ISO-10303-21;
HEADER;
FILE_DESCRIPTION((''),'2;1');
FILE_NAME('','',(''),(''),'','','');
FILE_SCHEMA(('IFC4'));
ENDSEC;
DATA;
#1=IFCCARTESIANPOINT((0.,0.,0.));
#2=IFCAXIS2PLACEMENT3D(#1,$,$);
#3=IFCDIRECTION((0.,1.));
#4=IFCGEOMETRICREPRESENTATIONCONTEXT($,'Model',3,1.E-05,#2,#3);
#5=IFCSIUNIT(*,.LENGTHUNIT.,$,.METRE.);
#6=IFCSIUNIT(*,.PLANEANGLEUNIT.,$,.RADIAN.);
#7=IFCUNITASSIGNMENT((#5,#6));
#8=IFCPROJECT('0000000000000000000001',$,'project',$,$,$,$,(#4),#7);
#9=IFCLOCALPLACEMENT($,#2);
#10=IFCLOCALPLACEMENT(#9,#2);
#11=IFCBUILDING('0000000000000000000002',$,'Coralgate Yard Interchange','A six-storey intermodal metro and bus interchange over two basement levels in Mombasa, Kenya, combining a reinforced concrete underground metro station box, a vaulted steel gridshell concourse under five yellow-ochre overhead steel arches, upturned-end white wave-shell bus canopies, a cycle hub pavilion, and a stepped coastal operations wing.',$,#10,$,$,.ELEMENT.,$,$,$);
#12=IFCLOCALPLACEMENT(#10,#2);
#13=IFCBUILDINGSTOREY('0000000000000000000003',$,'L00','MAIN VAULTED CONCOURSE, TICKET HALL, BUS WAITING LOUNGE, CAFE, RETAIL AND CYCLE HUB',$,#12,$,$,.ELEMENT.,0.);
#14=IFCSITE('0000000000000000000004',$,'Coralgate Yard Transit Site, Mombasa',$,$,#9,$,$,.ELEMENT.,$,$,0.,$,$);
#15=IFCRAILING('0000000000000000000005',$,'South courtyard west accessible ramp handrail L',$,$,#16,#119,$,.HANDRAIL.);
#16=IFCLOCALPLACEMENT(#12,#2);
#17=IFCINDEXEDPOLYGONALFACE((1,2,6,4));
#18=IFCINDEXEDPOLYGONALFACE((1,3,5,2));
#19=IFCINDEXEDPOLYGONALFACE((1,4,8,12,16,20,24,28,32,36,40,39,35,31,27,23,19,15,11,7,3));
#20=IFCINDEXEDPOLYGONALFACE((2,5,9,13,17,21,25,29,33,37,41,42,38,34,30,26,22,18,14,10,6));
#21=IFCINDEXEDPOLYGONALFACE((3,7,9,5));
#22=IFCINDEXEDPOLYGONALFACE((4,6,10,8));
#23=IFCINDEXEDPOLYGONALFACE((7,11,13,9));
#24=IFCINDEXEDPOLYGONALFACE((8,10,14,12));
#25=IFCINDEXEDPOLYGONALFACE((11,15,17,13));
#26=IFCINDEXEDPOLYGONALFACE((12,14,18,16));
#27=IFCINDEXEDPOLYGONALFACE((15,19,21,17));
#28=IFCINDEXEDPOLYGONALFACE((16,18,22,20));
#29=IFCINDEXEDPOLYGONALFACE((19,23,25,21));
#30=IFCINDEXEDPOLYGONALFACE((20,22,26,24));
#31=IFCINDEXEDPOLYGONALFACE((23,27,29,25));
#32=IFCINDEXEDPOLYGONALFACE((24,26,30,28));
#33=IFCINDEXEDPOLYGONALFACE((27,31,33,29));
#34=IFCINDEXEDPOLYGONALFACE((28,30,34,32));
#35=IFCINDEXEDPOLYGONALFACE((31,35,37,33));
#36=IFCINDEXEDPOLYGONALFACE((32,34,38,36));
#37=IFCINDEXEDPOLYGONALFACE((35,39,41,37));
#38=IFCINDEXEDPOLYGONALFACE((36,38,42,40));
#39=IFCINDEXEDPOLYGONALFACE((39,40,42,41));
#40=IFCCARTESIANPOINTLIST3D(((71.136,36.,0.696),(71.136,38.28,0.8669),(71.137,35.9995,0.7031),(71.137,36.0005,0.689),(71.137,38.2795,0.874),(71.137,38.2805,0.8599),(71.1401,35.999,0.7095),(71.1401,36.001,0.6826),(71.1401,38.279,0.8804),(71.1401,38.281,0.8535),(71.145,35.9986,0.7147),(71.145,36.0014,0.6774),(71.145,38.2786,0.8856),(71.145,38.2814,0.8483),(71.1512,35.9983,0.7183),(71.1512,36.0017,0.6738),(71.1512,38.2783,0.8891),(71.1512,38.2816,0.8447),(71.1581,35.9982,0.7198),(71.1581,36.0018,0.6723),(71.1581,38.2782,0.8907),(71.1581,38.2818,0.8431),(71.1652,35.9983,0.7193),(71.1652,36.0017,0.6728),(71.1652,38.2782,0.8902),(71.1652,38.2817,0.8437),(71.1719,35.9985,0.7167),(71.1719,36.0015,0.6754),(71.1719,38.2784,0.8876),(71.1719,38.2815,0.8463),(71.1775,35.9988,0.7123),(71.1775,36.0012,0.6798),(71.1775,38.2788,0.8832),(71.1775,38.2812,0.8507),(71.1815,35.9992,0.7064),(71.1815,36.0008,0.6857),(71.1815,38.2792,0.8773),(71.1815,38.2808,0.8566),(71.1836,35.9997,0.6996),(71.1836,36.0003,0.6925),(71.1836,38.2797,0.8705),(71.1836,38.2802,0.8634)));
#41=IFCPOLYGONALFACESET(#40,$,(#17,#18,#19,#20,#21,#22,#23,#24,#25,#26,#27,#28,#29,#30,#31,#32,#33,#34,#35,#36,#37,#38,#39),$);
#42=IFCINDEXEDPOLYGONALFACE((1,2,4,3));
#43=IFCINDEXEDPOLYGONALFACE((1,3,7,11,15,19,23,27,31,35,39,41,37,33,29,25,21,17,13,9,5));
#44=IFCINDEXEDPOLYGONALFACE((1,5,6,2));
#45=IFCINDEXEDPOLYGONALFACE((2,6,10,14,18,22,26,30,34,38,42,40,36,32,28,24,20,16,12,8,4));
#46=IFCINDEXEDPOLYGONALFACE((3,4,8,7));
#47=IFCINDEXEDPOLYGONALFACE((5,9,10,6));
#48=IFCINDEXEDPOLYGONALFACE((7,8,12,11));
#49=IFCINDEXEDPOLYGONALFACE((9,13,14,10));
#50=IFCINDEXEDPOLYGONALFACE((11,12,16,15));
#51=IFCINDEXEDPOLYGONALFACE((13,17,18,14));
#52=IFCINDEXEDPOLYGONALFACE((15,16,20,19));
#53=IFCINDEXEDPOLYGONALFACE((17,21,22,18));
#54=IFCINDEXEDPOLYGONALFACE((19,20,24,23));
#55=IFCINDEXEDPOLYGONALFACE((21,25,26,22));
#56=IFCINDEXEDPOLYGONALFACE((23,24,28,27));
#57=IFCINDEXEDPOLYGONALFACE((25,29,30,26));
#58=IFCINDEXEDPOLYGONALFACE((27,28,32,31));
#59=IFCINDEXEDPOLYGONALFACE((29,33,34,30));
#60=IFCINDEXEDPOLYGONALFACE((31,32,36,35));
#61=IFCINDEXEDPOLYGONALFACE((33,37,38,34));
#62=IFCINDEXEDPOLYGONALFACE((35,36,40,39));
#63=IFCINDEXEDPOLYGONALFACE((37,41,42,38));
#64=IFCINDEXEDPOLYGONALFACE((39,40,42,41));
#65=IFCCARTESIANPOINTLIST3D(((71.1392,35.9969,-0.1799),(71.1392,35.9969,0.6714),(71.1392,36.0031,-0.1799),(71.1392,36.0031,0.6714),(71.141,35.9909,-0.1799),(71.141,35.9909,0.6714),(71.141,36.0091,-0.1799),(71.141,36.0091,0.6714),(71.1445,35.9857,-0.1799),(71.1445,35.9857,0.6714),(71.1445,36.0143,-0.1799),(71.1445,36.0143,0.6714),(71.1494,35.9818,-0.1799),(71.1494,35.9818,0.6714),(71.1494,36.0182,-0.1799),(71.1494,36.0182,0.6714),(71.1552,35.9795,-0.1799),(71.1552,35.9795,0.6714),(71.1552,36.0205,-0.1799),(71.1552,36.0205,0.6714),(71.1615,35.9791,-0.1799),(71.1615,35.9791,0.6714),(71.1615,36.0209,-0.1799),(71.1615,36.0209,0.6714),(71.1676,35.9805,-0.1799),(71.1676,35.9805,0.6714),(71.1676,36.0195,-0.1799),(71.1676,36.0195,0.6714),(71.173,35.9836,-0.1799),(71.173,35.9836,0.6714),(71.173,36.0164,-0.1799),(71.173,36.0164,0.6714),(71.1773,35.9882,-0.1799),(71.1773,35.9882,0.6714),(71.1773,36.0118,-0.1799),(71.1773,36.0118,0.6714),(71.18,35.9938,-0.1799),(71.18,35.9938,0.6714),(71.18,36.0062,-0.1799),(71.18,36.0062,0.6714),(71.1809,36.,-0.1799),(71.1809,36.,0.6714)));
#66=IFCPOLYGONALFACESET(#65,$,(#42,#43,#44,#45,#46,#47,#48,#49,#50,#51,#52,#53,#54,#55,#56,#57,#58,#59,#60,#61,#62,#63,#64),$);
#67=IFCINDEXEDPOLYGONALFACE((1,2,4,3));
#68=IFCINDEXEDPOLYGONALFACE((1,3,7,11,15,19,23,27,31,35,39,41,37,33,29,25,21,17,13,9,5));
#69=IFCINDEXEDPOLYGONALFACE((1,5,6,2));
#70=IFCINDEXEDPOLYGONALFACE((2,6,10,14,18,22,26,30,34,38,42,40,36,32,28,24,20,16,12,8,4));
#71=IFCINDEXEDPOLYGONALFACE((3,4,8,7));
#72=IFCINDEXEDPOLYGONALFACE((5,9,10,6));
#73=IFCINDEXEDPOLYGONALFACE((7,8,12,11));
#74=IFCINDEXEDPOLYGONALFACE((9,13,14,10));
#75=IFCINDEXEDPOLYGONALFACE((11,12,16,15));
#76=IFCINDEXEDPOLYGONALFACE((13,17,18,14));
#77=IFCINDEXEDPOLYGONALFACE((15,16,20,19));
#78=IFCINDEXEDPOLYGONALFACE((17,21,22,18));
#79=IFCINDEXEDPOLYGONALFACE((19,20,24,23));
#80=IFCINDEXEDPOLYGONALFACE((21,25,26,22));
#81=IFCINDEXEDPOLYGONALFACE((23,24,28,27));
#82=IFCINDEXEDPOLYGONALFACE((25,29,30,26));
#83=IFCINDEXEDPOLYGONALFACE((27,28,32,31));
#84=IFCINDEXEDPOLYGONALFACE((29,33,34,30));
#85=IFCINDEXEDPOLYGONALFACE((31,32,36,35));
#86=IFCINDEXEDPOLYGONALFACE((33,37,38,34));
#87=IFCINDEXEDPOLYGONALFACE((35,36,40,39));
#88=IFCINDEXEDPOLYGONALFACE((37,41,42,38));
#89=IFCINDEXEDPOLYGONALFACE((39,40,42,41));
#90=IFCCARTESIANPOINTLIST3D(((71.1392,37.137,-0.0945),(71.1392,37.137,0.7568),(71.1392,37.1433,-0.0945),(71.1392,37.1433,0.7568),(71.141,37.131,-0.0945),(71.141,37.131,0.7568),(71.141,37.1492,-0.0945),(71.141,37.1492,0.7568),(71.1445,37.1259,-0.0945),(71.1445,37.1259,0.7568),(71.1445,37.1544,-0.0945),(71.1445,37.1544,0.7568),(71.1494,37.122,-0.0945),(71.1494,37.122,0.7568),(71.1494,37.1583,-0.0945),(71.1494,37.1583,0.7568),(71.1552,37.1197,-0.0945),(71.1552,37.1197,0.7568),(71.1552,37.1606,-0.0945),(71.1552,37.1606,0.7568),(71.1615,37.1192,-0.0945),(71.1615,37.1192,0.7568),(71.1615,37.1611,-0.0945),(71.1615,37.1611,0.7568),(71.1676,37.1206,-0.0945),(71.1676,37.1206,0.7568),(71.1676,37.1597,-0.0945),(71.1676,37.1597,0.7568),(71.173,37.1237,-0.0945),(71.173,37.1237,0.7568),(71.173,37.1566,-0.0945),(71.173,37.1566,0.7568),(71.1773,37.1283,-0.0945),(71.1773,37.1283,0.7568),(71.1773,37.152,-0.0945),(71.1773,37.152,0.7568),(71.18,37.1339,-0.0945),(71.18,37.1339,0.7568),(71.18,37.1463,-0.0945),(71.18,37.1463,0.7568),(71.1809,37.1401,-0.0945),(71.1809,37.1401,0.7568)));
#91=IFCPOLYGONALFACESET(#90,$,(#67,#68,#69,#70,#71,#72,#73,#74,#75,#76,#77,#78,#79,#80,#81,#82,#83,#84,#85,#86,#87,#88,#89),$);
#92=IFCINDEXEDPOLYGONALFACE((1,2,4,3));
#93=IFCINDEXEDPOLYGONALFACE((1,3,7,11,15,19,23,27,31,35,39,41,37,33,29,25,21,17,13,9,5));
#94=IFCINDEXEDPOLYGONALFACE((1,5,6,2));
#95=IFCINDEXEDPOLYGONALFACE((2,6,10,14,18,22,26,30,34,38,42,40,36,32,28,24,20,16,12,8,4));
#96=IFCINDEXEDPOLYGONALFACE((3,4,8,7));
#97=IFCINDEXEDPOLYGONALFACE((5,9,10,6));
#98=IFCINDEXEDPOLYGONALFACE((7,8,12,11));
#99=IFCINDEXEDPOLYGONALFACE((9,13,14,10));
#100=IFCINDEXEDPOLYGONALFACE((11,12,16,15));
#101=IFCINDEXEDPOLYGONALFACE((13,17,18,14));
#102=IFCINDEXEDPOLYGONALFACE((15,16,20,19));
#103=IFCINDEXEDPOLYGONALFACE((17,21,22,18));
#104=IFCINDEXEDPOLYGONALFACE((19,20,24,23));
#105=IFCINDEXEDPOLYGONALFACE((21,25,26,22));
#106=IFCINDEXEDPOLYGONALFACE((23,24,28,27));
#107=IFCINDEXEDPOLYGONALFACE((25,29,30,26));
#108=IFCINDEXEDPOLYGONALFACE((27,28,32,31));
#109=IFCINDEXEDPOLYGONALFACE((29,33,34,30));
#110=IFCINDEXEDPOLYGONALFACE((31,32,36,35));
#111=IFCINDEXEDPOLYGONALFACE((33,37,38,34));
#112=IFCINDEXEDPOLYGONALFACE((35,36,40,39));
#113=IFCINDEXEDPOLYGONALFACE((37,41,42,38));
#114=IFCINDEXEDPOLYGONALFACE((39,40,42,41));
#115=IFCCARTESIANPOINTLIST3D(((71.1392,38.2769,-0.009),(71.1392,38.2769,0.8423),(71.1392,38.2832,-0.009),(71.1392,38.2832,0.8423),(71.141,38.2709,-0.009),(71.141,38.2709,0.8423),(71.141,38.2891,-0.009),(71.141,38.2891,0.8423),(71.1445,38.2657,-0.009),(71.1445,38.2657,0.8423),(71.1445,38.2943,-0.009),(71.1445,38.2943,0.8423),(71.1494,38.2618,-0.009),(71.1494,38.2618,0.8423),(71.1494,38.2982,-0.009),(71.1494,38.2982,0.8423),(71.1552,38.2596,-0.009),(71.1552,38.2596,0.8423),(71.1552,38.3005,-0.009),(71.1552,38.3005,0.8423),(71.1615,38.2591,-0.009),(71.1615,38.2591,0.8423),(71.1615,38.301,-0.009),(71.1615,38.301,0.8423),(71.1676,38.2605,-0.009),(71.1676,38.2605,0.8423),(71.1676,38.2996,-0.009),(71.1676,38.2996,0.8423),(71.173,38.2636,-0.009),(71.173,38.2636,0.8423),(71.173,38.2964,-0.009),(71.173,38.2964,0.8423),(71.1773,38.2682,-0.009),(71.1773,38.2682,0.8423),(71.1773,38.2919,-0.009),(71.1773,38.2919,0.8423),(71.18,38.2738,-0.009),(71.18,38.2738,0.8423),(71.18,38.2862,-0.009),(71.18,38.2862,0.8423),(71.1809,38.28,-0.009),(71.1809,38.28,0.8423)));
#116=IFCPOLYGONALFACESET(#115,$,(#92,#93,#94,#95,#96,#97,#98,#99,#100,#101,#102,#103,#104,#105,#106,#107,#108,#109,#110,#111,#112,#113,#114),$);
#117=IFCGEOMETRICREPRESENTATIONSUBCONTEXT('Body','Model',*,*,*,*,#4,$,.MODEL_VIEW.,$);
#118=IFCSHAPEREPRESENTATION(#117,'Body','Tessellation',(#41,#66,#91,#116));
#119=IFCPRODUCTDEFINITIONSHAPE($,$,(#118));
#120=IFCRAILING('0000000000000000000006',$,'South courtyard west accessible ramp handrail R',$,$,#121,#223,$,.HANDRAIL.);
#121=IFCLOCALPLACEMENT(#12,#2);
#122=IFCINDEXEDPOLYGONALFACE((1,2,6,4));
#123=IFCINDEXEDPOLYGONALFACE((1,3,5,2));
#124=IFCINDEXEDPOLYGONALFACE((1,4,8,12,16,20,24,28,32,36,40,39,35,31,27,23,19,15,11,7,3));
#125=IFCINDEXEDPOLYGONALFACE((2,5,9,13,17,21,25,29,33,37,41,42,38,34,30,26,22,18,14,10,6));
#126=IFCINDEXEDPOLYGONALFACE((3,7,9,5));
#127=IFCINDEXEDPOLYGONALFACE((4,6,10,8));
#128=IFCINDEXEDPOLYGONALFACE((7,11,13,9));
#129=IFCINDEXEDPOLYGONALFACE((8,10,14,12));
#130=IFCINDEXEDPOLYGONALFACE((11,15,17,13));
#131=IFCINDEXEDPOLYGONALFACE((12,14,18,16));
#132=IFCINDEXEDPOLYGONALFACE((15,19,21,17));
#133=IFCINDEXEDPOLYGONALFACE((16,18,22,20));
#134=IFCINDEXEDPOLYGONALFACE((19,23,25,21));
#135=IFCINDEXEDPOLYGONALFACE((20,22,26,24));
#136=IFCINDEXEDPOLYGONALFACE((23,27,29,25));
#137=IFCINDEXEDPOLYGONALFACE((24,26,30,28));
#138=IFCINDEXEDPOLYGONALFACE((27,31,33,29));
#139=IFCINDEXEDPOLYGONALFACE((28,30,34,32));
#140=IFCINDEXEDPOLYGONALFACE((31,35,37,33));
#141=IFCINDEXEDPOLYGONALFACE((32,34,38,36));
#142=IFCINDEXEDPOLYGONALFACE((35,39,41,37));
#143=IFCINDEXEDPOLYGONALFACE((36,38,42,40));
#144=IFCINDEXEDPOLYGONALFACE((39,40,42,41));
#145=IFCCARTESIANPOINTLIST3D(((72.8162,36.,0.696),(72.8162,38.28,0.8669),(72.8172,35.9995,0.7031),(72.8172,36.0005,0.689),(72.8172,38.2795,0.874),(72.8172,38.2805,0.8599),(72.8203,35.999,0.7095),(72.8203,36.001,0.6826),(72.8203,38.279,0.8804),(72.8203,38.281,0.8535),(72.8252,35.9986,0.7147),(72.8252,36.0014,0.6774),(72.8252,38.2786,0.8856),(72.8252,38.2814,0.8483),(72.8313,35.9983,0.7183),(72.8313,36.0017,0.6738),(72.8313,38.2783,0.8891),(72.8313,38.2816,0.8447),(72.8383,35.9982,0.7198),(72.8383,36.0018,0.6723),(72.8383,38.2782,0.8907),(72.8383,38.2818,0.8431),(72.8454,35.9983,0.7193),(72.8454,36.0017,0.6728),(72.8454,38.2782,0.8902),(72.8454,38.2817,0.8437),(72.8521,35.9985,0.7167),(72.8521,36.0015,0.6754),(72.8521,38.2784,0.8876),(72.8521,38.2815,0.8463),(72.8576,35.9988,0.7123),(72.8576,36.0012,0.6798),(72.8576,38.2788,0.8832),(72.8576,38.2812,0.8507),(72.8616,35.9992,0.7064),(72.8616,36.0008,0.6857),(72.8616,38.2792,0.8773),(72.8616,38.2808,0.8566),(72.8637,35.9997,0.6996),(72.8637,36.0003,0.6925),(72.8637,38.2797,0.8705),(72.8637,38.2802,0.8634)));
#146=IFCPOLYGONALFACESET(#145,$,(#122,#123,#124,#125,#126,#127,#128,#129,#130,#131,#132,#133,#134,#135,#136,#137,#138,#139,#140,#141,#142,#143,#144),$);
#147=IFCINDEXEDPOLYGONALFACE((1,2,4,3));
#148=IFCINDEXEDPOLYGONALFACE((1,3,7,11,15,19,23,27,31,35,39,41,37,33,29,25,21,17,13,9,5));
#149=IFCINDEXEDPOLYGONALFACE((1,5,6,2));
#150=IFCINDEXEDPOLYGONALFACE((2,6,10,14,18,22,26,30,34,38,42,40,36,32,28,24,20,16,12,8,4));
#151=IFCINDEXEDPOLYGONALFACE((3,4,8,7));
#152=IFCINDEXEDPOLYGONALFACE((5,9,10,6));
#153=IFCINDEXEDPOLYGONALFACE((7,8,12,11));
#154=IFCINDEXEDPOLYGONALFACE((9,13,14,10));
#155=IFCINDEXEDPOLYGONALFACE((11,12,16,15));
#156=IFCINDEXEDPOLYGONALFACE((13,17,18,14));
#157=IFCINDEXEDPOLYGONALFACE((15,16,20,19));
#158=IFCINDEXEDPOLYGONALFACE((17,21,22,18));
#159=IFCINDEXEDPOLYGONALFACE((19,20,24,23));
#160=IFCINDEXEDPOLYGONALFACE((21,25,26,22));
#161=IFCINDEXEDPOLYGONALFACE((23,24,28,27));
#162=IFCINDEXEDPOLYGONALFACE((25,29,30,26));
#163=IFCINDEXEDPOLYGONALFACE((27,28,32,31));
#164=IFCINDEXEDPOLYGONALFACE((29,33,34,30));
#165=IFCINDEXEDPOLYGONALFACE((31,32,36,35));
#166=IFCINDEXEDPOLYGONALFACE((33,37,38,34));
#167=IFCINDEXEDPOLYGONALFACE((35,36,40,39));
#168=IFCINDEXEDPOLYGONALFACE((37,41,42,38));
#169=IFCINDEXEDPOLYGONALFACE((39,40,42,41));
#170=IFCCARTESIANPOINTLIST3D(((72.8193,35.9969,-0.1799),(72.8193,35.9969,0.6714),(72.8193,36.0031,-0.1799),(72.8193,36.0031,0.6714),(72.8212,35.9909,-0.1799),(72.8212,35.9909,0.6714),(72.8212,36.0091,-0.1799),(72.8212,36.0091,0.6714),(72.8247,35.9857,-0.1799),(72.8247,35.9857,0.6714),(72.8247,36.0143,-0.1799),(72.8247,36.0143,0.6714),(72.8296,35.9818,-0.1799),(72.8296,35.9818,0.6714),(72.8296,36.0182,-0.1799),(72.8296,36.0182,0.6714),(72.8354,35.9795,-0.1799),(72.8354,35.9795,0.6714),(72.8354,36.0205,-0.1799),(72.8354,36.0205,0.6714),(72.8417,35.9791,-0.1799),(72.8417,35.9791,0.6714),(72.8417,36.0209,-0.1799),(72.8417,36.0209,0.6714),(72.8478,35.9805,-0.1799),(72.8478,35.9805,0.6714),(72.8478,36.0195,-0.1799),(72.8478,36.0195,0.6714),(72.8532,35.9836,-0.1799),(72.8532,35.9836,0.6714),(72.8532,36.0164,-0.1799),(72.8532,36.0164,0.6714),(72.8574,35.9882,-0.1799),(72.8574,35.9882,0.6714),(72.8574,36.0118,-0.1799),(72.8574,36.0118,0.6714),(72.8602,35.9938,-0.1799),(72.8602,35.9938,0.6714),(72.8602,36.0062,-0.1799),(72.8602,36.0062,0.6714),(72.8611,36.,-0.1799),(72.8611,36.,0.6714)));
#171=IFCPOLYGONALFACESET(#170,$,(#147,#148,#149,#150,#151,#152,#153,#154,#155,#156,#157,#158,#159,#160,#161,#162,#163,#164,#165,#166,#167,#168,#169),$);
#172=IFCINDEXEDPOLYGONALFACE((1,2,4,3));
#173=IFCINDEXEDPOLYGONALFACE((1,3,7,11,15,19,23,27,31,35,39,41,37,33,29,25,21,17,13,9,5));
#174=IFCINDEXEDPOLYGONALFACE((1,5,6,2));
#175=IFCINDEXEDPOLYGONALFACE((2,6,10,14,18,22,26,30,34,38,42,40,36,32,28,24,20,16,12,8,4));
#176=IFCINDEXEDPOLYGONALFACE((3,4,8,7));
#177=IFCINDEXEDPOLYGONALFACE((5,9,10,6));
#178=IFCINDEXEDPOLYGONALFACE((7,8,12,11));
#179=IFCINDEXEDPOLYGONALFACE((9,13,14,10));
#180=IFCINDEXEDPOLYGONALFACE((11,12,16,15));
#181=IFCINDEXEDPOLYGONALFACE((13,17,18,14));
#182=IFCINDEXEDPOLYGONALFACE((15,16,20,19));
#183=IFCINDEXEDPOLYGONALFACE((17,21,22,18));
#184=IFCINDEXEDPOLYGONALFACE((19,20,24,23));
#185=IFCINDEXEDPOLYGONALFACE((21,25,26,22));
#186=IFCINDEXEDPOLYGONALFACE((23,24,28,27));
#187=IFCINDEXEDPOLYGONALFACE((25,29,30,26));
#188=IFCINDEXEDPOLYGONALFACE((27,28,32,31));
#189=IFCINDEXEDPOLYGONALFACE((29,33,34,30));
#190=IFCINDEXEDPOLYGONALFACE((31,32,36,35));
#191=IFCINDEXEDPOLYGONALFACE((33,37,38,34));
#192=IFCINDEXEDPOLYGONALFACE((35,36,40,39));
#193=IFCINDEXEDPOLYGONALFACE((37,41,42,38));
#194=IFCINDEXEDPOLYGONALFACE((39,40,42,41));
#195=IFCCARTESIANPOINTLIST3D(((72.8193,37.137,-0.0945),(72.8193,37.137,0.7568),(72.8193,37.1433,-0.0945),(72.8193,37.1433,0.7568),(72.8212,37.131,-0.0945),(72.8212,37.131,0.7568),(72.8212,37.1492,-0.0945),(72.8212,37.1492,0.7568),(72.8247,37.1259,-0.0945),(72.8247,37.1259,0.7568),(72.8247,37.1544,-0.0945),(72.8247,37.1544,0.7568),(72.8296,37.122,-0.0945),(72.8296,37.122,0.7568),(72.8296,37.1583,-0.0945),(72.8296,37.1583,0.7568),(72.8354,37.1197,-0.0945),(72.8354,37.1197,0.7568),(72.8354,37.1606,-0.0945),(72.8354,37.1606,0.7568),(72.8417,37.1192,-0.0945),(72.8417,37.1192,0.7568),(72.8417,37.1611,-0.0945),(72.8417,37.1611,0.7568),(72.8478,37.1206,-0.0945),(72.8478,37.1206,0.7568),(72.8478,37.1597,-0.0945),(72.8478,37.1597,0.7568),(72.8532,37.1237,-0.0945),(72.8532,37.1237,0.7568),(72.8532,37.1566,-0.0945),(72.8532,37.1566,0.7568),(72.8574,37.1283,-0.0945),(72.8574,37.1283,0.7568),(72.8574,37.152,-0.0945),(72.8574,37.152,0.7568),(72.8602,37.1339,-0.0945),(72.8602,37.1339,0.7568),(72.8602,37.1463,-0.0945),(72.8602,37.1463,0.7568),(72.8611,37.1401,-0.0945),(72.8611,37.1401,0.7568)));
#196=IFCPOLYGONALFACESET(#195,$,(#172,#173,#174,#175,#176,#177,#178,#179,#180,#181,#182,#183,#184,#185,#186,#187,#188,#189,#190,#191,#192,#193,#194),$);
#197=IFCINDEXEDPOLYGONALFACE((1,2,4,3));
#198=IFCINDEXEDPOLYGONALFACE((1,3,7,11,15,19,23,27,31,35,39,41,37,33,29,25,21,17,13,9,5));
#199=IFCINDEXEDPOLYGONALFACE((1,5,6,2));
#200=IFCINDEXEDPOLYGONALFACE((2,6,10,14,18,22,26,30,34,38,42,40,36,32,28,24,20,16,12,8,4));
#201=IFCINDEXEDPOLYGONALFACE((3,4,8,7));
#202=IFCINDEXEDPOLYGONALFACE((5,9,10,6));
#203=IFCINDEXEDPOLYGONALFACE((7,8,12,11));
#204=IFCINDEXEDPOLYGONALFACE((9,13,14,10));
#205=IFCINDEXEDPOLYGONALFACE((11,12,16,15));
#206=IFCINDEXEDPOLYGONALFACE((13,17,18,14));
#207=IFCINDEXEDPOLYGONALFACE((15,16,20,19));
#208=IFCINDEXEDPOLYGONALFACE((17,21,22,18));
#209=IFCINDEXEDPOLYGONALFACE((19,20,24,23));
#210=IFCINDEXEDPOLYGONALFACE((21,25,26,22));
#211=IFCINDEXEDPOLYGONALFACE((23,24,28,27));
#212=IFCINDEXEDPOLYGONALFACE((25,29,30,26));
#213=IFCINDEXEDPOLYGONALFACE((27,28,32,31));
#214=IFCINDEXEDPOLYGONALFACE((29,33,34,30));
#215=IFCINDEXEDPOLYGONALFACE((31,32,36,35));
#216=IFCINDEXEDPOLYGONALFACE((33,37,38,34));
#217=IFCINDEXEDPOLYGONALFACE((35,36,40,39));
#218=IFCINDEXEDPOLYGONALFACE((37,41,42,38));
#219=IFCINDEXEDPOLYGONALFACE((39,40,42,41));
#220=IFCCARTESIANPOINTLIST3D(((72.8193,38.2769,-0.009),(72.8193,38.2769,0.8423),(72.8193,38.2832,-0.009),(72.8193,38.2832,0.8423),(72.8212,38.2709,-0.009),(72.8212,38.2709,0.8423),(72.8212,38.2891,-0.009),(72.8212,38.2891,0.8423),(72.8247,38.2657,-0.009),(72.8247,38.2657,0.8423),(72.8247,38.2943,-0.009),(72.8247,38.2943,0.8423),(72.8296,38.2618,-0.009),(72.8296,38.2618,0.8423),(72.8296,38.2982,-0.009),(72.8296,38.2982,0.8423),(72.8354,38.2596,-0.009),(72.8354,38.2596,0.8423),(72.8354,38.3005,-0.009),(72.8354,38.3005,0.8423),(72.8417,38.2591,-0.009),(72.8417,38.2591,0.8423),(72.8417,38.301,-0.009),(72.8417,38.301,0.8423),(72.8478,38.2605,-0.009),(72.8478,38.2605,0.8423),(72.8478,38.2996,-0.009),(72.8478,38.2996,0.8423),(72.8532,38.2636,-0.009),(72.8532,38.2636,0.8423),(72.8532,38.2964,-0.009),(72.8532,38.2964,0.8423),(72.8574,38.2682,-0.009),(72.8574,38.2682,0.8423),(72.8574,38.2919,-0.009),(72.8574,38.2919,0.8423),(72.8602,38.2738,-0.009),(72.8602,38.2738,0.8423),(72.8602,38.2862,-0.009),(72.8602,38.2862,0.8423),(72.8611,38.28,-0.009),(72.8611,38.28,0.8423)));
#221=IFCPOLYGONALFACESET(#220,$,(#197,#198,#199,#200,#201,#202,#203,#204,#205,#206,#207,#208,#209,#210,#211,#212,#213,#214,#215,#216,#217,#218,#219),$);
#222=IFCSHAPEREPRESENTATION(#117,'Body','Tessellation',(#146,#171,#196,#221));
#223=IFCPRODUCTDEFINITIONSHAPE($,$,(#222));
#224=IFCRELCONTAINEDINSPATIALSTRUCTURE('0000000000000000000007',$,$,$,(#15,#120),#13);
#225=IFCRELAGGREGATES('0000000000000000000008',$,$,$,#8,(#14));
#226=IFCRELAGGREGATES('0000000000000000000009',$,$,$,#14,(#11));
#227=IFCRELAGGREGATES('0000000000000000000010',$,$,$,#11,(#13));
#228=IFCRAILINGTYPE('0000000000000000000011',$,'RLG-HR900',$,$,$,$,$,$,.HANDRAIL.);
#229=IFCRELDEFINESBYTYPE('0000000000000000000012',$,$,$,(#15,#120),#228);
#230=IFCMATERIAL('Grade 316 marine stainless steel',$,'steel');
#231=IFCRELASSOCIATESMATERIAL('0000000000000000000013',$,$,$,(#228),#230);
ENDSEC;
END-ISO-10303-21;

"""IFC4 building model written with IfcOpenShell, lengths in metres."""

from ifc_helpers import new_model, si_unit, direction, frame, origin, origin_2d, place, context, subcontext, project, spatial, circle, extrude, material, type_object, element, save


model = new_model("IFC4")

# Units and contexts
model_context = context("Model", 3, precision=1e-05, world=origin(), true_north=direction((0.0, 1.0)))
body_context = subcontext(model_context, "Body", "Model", "MODEL_VIEW")
ifc_project = project(units=[si_unit("LENGTHUNIT", "METRE"), si_unit("PLANEANGLEUNIT", "RADIAN")], contexts=[model_context])

# Site, building, storey
site_placement = place(None, origin())
site = spatial("IfcSite", under=ifc_project, at=site_placement, Name="Coralgate Yard Transit Site, Mombasa", CompositionType="ELEMENT", RefElevation=0.0)
building_placement = place(site_placement, origin())
building = spatial("IfcBuilding", under=site, at=building_placement, Name="Coralgate Yard Interchange", Description="A six-storey intermodal metro and bus interchange over two basement levels in Mombasa, Kenya, combining a reinforced concrete underground metro station box, a vaulted steel gridshell concourse under five yellow-ochre overhead steel arches, upturned-end white wave-shell bus canopies, a cycle hub pavilion, and a stepped coastal operations wing.", CompositionType="ELEMENT")
storey_placement = place(building_placement, origin())
storey = spatial("IfcBuildingStorey", under=building, at=storey_placement, Name="L00", Description="MAIN VAULTED CONCOURSE, TICKET HALL, BUS WAITING LOUNGE, CAFE, RETAIL AND CYCLE HUB", CompositionType="ELEMENT", Elevation=0.0)

# Railings
ifc_material_1 = material(Name="Grade 316 marine stainless steel", Category="steel")
railing_type = type_object("IfcRailingType", Name="RLG-HR900", PredefinedType="HANDRAIL", material=ifc_material_1)
for number, where, name in (
    (1, (71.1599, 36.0, -0.1799), "South courtyard west accessible ramp handrail L"),
    (2, (72.8401, 36.0, -0.1799), "South courtyard west accessible ramp handrail R"),
):
    element("IfcRailing", number, at=place(storey_placement, frame(where)), inside=storey, type_object=railing_type, Name=name, PredefinedType="HANDRAIL", context=body_context, shape_type="SweptSolid", body=[
        extrude(circle(Radius=0.0239, at=origin_2d()), frame((0.0, 0.0, 0.876), z_axis=(0.0, 0.997203, 0.074745), x_axis=(-1.0, 0.0, 0.0)), (0.0, 0.0, 1.0), 2.2864),
        extrude(circle(Radius=0.021, at=origin_2d()), origin(), (0.0, 0.0, 1.0), 0.8513),
        extrude(circle(Radius=0.021, at=origin_2d()), frame((0.0, 1.1401, 0.0854)), (0.0, 0.0, 1.0), 0.8513),
        extrude(circle(Radius=0.021, at=origin_2d()), frame((0.0, 2.28, 0.1709)), (0.0, 0.0, 1.0), 0.8513),
    ])

save(model, "model.ifc")
